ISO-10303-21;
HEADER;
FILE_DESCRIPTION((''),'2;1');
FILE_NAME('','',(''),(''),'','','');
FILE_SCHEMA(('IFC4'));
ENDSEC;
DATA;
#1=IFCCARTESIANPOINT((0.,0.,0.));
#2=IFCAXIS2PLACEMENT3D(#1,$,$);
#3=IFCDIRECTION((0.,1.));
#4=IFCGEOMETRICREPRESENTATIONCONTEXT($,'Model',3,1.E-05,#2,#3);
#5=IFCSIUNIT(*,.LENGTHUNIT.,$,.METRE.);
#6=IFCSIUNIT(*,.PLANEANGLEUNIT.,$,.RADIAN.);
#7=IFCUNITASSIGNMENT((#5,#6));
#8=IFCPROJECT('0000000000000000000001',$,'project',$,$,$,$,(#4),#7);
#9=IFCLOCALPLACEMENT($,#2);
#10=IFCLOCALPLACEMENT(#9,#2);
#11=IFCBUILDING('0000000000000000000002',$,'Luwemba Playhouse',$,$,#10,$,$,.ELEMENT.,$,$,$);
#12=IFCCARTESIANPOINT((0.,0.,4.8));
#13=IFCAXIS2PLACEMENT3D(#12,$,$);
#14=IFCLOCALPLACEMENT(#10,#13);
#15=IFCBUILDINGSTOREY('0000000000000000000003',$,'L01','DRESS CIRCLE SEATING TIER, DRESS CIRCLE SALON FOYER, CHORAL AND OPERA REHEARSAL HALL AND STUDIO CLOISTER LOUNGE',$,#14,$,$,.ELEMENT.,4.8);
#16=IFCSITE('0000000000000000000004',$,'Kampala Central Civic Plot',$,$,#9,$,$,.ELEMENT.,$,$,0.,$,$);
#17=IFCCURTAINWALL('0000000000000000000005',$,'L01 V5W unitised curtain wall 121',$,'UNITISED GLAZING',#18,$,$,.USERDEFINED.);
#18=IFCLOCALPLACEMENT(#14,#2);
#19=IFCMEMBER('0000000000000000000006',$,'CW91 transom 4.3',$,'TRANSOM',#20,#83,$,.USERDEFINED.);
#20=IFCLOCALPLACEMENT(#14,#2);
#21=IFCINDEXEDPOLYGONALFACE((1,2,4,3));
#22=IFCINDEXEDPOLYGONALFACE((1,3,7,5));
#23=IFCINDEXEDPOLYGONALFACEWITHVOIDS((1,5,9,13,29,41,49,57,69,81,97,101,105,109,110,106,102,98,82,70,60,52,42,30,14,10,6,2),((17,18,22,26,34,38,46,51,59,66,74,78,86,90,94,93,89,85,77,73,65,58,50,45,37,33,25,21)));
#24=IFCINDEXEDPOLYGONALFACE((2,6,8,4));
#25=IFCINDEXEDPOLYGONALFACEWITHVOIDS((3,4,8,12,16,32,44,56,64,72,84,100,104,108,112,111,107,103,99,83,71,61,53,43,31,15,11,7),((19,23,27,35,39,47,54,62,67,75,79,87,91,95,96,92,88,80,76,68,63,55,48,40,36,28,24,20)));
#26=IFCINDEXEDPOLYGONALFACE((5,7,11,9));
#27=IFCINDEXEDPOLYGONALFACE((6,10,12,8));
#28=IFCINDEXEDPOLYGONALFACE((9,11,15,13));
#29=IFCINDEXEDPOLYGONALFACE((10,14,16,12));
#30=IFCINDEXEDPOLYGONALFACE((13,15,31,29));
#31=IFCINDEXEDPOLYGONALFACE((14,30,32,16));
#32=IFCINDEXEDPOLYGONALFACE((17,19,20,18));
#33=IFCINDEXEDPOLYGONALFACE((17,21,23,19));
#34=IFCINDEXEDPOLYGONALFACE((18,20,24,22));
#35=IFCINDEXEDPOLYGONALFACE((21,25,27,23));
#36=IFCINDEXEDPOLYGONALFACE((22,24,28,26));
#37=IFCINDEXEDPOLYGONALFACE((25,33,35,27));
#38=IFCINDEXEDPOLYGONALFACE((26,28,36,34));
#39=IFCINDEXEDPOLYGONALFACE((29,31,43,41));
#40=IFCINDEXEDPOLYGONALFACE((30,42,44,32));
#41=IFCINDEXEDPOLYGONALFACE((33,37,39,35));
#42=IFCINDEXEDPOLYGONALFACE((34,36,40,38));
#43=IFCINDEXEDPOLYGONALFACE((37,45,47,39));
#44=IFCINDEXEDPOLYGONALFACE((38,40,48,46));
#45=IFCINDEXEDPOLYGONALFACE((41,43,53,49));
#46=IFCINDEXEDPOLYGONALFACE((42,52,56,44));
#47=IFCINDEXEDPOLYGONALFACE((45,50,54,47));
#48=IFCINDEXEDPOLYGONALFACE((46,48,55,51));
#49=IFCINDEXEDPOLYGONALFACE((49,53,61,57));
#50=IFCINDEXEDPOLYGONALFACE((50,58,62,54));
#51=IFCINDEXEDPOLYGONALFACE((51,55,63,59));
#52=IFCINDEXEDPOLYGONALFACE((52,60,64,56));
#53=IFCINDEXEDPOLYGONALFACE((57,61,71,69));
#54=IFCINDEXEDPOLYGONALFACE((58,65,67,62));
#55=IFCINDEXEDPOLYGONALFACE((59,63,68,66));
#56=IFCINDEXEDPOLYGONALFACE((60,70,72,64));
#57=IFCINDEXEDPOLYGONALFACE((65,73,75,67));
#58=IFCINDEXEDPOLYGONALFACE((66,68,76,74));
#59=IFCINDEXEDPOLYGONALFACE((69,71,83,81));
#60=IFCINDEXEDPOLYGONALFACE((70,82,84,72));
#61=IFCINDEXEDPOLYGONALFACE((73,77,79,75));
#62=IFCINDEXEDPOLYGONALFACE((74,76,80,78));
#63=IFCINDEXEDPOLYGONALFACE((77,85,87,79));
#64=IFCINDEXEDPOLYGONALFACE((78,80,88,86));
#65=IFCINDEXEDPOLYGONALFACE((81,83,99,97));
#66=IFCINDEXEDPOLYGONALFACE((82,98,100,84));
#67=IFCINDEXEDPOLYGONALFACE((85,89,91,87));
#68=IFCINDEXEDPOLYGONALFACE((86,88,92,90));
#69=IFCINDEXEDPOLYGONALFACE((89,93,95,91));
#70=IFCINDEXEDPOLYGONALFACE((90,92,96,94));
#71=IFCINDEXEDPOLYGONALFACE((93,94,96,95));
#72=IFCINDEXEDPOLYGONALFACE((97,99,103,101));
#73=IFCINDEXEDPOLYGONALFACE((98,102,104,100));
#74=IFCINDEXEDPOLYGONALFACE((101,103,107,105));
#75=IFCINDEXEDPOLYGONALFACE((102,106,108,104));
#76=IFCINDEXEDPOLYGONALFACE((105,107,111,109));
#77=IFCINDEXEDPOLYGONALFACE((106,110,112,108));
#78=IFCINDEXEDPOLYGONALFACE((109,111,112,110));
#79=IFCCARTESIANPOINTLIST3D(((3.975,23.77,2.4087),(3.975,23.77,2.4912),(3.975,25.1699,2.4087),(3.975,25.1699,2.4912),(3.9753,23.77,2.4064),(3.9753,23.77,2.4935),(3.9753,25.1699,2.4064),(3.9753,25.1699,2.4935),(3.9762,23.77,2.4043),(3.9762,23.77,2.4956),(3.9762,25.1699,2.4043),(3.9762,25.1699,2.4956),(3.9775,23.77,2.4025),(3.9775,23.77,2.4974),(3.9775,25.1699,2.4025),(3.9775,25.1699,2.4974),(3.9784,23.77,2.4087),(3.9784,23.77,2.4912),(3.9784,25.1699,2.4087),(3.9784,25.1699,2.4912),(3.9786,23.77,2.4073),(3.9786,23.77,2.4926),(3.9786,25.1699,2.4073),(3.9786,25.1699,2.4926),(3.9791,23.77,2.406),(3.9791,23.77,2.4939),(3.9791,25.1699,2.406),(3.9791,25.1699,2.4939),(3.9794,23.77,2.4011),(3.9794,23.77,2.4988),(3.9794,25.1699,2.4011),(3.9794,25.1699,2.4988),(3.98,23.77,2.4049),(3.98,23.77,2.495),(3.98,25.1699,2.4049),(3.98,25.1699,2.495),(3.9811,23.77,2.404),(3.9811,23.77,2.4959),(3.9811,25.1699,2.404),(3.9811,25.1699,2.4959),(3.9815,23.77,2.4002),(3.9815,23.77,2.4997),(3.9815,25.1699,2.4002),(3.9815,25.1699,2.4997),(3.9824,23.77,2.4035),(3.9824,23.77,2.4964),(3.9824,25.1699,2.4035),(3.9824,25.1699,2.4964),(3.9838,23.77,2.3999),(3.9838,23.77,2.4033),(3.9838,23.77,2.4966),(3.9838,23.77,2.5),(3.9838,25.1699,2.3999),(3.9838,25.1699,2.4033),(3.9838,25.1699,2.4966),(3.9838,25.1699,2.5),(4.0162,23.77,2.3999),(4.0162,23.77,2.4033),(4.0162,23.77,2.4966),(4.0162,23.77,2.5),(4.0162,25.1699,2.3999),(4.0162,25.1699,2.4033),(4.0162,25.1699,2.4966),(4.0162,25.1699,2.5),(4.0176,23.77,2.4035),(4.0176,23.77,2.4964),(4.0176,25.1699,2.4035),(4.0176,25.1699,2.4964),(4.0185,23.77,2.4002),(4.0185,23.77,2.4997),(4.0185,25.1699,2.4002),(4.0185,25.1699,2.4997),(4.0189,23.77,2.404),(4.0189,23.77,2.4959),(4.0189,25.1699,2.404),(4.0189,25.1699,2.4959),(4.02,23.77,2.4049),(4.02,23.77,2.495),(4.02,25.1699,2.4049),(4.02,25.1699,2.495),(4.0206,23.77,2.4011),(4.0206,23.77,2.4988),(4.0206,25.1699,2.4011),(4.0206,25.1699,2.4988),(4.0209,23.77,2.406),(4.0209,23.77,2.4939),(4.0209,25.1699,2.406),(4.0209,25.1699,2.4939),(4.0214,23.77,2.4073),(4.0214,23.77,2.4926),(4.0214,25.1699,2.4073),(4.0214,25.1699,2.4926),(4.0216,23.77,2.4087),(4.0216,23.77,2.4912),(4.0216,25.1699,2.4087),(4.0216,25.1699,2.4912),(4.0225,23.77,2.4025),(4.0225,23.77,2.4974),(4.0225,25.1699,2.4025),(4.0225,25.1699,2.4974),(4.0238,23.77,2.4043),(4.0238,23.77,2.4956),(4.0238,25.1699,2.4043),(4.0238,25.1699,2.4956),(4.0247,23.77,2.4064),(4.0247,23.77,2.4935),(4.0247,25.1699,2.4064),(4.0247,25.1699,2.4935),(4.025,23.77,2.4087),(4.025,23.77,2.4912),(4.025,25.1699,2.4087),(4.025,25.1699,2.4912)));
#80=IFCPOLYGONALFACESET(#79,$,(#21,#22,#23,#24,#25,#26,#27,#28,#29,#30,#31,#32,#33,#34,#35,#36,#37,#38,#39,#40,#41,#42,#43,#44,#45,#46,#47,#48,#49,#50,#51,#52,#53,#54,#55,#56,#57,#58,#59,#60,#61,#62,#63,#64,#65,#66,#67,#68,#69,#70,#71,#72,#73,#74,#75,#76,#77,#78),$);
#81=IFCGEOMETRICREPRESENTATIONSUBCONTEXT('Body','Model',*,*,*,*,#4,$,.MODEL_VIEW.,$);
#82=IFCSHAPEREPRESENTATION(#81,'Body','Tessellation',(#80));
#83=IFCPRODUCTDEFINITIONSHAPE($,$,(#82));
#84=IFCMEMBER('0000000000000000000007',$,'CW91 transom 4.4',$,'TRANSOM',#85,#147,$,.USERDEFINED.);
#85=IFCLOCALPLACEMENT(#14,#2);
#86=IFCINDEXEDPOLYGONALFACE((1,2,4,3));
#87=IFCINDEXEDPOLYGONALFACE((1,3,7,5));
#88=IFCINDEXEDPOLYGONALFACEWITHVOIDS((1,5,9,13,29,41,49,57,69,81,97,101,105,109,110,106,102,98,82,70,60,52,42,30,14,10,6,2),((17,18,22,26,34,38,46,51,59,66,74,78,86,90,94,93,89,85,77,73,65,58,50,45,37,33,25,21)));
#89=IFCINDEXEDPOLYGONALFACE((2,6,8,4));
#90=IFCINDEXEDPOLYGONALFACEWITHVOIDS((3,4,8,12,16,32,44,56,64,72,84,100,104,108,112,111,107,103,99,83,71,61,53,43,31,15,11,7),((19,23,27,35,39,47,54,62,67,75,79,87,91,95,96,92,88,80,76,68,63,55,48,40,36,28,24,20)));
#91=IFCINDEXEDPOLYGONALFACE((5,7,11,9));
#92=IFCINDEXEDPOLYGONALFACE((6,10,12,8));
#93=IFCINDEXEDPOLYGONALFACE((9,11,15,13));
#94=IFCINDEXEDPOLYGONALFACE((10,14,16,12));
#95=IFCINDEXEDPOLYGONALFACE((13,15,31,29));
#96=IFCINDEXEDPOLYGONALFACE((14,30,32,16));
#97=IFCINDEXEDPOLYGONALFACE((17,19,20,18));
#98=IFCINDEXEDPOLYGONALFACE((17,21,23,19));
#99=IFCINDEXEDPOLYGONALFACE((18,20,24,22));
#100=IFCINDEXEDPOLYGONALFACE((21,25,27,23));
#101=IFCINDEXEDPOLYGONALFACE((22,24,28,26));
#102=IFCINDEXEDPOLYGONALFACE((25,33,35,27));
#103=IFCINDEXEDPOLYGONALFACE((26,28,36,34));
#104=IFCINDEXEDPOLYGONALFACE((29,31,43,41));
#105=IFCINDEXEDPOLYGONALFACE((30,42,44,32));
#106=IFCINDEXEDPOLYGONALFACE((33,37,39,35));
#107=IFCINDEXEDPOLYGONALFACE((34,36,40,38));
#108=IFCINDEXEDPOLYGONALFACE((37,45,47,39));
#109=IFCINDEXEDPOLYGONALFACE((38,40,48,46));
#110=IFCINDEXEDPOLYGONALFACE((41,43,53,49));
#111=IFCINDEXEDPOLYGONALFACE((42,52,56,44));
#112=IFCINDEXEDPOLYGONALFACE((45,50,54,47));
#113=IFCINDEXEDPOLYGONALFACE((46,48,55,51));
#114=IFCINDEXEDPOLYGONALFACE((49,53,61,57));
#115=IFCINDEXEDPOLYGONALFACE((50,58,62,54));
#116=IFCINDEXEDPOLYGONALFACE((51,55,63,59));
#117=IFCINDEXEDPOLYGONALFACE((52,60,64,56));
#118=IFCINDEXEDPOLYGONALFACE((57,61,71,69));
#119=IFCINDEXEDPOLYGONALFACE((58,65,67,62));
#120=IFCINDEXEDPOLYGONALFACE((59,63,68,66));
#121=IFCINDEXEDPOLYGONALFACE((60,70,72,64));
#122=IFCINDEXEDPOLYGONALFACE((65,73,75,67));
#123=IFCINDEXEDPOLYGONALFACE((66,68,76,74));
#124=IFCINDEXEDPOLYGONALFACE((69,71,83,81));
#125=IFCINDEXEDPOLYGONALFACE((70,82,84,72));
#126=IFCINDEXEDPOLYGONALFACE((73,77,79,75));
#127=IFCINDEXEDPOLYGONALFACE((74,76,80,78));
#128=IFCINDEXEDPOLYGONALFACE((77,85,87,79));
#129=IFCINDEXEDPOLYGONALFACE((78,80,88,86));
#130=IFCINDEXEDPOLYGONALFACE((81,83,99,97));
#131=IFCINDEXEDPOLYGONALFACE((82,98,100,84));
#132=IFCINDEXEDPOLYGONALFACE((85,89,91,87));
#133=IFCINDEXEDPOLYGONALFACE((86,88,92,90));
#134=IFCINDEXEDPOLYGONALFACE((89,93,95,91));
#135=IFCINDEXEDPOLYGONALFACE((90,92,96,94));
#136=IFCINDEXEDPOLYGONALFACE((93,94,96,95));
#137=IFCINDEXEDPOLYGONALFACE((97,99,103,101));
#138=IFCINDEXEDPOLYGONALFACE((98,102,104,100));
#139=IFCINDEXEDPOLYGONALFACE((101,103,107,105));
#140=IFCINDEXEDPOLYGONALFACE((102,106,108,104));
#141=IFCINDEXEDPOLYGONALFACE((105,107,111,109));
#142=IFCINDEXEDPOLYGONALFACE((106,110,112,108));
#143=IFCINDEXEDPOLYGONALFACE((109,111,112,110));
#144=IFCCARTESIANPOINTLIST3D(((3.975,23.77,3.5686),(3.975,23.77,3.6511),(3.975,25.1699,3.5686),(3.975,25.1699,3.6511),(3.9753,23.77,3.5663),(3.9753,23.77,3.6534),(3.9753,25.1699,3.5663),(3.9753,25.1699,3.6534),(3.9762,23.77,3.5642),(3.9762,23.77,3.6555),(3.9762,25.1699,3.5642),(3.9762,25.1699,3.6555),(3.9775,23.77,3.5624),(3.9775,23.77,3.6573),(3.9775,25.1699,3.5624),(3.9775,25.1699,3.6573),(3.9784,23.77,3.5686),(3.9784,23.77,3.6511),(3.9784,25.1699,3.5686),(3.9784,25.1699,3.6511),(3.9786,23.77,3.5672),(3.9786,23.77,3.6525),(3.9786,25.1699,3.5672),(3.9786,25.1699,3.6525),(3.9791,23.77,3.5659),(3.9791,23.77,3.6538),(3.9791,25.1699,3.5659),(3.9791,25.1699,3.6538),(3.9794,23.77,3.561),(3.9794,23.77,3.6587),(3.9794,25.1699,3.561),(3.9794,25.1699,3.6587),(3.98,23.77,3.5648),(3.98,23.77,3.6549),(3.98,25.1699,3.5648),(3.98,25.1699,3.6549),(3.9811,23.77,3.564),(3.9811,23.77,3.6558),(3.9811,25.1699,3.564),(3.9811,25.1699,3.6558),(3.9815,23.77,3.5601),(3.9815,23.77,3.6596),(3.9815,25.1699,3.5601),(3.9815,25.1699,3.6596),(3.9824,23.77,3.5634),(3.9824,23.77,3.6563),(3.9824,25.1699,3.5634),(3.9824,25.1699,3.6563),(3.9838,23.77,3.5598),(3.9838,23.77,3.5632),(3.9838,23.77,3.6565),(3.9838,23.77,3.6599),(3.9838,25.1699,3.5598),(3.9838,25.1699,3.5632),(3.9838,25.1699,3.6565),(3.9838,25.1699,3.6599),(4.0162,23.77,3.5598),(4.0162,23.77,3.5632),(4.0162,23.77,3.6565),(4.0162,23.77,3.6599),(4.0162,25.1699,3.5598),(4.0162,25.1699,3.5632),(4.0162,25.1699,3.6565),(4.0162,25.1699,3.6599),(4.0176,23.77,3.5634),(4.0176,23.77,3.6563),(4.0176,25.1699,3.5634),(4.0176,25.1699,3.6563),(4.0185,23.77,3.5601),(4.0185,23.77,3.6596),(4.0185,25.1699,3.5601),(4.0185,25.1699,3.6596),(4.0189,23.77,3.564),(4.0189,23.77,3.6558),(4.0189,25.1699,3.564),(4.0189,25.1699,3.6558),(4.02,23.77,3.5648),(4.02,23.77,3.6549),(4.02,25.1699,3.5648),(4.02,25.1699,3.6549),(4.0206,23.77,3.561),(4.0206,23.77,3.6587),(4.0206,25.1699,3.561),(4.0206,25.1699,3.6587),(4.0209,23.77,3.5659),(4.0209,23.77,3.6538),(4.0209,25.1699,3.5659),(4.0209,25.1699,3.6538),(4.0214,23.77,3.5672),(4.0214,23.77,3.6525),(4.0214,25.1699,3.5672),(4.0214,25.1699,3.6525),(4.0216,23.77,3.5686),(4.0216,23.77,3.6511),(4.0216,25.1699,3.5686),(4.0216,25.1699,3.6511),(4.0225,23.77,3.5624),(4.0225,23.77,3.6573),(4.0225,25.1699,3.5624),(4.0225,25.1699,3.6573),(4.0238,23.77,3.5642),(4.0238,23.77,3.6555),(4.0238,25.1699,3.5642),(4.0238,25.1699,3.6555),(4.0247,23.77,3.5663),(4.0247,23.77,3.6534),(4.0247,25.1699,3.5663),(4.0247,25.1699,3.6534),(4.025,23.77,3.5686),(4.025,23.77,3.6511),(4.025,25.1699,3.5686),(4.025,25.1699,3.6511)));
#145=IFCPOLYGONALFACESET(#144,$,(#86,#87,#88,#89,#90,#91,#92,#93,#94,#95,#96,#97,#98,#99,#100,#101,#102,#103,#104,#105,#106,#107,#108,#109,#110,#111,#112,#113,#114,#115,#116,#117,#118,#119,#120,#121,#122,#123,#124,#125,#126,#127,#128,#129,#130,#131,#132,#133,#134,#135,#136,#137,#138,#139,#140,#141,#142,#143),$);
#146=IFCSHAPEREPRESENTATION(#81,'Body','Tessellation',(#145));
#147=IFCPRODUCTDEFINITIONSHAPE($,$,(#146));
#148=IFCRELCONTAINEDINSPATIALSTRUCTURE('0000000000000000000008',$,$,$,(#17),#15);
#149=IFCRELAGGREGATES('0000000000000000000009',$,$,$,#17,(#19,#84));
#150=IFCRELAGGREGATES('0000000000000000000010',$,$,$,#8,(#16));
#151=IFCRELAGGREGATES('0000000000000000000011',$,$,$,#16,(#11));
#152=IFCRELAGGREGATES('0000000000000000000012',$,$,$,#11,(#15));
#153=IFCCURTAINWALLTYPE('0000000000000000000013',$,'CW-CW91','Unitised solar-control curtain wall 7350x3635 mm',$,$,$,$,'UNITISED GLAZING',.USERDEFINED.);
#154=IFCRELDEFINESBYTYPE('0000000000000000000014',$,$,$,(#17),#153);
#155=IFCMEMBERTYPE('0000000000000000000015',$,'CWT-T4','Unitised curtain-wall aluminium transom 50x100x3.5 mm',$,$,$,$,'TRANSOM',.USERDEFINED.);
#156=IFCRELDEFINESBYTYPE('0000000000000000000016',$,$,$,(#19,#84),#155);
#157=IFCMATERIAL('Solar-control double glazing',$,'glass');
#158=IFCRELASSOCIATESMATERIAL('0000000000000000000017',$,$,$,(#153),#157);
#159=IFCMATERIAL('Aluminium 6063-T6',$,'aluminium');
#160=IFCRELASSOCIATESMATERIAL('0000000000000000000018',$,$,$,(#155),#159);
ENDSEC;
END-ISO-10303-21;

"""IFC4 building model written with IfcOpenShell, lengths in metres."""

from ifc_helpers import new_model, si_unit, direction, frame, origin, origin_2d, place, context, subcontext, project, spatial, hollow_rectangle, extrude, material, material_profile, profile_set, type_object, element, aggregate, save


model = new_model("IFC4")

# Units and contexts
model_context = context("Model", 3, precision=1e-05, world=origin(), true_north=direction((0.0, 1.0)))
body_context = subcontext(model_context, "Body", "Model", "MODEL_VIEW")
ifc_project = project(units=[si_unit("LENGTHUNIT", "METRE"), si_unit("PLANEANGLEUNIT", "RADIAN")], contexts=[model_context])

# Site, building, storey
site_placement = place(None, origin())
site = spatial("IfcSite", under=ifc_project, at=site_placement, Name="Kampala Central Civic Plot", CompositionType="ELEMENT", RefElevation=0.0)
building_placement = place(site_placement, origin())
building = spatial("IfcBuilding", under=site, at=building_placement, Name="Luwemba Playhouse", CompositionType="ELEMENT")
storey_placement = place(building_placement, frame((0.0, 0.0, 4.8)))
storey = spatial("IfcBuildingStorey", under=building, at=storey_placement, Name="L01", Description="DRESS CIRCLE SEATING TIER, DRESS CIRCLE SALON FOYER, CHORAL AND OPERA REHEARSAL HALL AND STUDIO CLOISTER LOUNGE", CompositionType="ELEMENT", Elevation=4.8)

# Shared definitions
ifc_material_1 = material(Name="Solar-control double glazing", Category="glass")
ifc_material_2 = material(Name="Aluminium 6063-T6", Category="aluminium")

# Curtain wall
curtain_wall_type_1 = type_object("IfcCurtainWallType", Name="CW-CW91", Description="Unitised solar-control curtain wall 7350x3635 mm", ElementType="UNITISED GLAZING", PredefinedType="USERDEFINED", material=ifc_material_1)
curtain_wall_1_placement = place(storey_placement, origin())
curtain_wall_1 = element("IfcCurtainWall", 1, at=curtain_wall_1_placement, inside=storey, type_object=curtain_wall_type_1, Name="L01 V5W unitised curtain wall 121", ObjectType="UNITISED GLAZING", PredefinedType="USERDEFINED")

# Members
ifc_material_profile_1 = material_profile(ifc_material_2, hollow_rectangle(XDim=0.05, YDim=0.1001, WallThickness=0.0034, InnerFilletRadius=0.0054, OuterFilletRadius=0.0088, at=origin_2d()))
ifc_profile_set_1 = profile_set([ifc_material_profile_1], Name="Aluminium 6063-T6")
member_type_1 = type_object("IfcMemberType", Name="CWT-T4", Description="Unitised curtain-wall aluminium transom 50x100x3.5 mm", ElementType="TRANSOM", PredefinedType="USERDEFINED", material=ifc_profile_set_1)
member_1_placement = place(storey_placement, frame((4.0, 23.77, 2.45), z_axis=(0.0, 1.0, 0.0), x_axis=(-1.0, 0.0, 0.0)))
member_1 = element("IfcMember", 2, at=member_1_placement, type_object=member_type_1, Name="CW91 transom 4.3", ObjectType="TRANSOM", PredefinedType="USERDEFINED", context=body_context, shape_type="SweptSolid", body=[
    extrude(hollow_rectangle(XDim=0.05, YDim=0.1001, WallThickness=0.0034, InnerFilletRadius=0.0054, OuterFilletRadius=0.0088, at=origin_2d()), origin(), (0.0, 0.0, 1.0), 1.3999),
])
member_2_placement = place(storey_placement, frame((4.0, 23.77, 3.6099), z_axis=(0.0, 1.0, 0.0), x_axis=(-1.0, 0.0, 0.0)))
member_2 = element("IfcMember", 3, at=member_2_placement, type_object=member_type_1, Name="CW91 transom 4.4", ObjectType="TRANSOM", PredefinedType="USERDEFINED", context=body_context, shape_type="SweptSolid", body=[
    extrude(hollow_rectangle(XDim=0.05, YDim=0.1001, WallThickness=0.0034, InnerFilletRadius=0.0054, OuterFilletRadius=0.0088, at=origin_2d()), origin(), (0.0, 0.0, 1.0), 1.3999),
])

aggregate(curtain_wall_1, [member_1, member_2])

save(model, "model.ifc")
